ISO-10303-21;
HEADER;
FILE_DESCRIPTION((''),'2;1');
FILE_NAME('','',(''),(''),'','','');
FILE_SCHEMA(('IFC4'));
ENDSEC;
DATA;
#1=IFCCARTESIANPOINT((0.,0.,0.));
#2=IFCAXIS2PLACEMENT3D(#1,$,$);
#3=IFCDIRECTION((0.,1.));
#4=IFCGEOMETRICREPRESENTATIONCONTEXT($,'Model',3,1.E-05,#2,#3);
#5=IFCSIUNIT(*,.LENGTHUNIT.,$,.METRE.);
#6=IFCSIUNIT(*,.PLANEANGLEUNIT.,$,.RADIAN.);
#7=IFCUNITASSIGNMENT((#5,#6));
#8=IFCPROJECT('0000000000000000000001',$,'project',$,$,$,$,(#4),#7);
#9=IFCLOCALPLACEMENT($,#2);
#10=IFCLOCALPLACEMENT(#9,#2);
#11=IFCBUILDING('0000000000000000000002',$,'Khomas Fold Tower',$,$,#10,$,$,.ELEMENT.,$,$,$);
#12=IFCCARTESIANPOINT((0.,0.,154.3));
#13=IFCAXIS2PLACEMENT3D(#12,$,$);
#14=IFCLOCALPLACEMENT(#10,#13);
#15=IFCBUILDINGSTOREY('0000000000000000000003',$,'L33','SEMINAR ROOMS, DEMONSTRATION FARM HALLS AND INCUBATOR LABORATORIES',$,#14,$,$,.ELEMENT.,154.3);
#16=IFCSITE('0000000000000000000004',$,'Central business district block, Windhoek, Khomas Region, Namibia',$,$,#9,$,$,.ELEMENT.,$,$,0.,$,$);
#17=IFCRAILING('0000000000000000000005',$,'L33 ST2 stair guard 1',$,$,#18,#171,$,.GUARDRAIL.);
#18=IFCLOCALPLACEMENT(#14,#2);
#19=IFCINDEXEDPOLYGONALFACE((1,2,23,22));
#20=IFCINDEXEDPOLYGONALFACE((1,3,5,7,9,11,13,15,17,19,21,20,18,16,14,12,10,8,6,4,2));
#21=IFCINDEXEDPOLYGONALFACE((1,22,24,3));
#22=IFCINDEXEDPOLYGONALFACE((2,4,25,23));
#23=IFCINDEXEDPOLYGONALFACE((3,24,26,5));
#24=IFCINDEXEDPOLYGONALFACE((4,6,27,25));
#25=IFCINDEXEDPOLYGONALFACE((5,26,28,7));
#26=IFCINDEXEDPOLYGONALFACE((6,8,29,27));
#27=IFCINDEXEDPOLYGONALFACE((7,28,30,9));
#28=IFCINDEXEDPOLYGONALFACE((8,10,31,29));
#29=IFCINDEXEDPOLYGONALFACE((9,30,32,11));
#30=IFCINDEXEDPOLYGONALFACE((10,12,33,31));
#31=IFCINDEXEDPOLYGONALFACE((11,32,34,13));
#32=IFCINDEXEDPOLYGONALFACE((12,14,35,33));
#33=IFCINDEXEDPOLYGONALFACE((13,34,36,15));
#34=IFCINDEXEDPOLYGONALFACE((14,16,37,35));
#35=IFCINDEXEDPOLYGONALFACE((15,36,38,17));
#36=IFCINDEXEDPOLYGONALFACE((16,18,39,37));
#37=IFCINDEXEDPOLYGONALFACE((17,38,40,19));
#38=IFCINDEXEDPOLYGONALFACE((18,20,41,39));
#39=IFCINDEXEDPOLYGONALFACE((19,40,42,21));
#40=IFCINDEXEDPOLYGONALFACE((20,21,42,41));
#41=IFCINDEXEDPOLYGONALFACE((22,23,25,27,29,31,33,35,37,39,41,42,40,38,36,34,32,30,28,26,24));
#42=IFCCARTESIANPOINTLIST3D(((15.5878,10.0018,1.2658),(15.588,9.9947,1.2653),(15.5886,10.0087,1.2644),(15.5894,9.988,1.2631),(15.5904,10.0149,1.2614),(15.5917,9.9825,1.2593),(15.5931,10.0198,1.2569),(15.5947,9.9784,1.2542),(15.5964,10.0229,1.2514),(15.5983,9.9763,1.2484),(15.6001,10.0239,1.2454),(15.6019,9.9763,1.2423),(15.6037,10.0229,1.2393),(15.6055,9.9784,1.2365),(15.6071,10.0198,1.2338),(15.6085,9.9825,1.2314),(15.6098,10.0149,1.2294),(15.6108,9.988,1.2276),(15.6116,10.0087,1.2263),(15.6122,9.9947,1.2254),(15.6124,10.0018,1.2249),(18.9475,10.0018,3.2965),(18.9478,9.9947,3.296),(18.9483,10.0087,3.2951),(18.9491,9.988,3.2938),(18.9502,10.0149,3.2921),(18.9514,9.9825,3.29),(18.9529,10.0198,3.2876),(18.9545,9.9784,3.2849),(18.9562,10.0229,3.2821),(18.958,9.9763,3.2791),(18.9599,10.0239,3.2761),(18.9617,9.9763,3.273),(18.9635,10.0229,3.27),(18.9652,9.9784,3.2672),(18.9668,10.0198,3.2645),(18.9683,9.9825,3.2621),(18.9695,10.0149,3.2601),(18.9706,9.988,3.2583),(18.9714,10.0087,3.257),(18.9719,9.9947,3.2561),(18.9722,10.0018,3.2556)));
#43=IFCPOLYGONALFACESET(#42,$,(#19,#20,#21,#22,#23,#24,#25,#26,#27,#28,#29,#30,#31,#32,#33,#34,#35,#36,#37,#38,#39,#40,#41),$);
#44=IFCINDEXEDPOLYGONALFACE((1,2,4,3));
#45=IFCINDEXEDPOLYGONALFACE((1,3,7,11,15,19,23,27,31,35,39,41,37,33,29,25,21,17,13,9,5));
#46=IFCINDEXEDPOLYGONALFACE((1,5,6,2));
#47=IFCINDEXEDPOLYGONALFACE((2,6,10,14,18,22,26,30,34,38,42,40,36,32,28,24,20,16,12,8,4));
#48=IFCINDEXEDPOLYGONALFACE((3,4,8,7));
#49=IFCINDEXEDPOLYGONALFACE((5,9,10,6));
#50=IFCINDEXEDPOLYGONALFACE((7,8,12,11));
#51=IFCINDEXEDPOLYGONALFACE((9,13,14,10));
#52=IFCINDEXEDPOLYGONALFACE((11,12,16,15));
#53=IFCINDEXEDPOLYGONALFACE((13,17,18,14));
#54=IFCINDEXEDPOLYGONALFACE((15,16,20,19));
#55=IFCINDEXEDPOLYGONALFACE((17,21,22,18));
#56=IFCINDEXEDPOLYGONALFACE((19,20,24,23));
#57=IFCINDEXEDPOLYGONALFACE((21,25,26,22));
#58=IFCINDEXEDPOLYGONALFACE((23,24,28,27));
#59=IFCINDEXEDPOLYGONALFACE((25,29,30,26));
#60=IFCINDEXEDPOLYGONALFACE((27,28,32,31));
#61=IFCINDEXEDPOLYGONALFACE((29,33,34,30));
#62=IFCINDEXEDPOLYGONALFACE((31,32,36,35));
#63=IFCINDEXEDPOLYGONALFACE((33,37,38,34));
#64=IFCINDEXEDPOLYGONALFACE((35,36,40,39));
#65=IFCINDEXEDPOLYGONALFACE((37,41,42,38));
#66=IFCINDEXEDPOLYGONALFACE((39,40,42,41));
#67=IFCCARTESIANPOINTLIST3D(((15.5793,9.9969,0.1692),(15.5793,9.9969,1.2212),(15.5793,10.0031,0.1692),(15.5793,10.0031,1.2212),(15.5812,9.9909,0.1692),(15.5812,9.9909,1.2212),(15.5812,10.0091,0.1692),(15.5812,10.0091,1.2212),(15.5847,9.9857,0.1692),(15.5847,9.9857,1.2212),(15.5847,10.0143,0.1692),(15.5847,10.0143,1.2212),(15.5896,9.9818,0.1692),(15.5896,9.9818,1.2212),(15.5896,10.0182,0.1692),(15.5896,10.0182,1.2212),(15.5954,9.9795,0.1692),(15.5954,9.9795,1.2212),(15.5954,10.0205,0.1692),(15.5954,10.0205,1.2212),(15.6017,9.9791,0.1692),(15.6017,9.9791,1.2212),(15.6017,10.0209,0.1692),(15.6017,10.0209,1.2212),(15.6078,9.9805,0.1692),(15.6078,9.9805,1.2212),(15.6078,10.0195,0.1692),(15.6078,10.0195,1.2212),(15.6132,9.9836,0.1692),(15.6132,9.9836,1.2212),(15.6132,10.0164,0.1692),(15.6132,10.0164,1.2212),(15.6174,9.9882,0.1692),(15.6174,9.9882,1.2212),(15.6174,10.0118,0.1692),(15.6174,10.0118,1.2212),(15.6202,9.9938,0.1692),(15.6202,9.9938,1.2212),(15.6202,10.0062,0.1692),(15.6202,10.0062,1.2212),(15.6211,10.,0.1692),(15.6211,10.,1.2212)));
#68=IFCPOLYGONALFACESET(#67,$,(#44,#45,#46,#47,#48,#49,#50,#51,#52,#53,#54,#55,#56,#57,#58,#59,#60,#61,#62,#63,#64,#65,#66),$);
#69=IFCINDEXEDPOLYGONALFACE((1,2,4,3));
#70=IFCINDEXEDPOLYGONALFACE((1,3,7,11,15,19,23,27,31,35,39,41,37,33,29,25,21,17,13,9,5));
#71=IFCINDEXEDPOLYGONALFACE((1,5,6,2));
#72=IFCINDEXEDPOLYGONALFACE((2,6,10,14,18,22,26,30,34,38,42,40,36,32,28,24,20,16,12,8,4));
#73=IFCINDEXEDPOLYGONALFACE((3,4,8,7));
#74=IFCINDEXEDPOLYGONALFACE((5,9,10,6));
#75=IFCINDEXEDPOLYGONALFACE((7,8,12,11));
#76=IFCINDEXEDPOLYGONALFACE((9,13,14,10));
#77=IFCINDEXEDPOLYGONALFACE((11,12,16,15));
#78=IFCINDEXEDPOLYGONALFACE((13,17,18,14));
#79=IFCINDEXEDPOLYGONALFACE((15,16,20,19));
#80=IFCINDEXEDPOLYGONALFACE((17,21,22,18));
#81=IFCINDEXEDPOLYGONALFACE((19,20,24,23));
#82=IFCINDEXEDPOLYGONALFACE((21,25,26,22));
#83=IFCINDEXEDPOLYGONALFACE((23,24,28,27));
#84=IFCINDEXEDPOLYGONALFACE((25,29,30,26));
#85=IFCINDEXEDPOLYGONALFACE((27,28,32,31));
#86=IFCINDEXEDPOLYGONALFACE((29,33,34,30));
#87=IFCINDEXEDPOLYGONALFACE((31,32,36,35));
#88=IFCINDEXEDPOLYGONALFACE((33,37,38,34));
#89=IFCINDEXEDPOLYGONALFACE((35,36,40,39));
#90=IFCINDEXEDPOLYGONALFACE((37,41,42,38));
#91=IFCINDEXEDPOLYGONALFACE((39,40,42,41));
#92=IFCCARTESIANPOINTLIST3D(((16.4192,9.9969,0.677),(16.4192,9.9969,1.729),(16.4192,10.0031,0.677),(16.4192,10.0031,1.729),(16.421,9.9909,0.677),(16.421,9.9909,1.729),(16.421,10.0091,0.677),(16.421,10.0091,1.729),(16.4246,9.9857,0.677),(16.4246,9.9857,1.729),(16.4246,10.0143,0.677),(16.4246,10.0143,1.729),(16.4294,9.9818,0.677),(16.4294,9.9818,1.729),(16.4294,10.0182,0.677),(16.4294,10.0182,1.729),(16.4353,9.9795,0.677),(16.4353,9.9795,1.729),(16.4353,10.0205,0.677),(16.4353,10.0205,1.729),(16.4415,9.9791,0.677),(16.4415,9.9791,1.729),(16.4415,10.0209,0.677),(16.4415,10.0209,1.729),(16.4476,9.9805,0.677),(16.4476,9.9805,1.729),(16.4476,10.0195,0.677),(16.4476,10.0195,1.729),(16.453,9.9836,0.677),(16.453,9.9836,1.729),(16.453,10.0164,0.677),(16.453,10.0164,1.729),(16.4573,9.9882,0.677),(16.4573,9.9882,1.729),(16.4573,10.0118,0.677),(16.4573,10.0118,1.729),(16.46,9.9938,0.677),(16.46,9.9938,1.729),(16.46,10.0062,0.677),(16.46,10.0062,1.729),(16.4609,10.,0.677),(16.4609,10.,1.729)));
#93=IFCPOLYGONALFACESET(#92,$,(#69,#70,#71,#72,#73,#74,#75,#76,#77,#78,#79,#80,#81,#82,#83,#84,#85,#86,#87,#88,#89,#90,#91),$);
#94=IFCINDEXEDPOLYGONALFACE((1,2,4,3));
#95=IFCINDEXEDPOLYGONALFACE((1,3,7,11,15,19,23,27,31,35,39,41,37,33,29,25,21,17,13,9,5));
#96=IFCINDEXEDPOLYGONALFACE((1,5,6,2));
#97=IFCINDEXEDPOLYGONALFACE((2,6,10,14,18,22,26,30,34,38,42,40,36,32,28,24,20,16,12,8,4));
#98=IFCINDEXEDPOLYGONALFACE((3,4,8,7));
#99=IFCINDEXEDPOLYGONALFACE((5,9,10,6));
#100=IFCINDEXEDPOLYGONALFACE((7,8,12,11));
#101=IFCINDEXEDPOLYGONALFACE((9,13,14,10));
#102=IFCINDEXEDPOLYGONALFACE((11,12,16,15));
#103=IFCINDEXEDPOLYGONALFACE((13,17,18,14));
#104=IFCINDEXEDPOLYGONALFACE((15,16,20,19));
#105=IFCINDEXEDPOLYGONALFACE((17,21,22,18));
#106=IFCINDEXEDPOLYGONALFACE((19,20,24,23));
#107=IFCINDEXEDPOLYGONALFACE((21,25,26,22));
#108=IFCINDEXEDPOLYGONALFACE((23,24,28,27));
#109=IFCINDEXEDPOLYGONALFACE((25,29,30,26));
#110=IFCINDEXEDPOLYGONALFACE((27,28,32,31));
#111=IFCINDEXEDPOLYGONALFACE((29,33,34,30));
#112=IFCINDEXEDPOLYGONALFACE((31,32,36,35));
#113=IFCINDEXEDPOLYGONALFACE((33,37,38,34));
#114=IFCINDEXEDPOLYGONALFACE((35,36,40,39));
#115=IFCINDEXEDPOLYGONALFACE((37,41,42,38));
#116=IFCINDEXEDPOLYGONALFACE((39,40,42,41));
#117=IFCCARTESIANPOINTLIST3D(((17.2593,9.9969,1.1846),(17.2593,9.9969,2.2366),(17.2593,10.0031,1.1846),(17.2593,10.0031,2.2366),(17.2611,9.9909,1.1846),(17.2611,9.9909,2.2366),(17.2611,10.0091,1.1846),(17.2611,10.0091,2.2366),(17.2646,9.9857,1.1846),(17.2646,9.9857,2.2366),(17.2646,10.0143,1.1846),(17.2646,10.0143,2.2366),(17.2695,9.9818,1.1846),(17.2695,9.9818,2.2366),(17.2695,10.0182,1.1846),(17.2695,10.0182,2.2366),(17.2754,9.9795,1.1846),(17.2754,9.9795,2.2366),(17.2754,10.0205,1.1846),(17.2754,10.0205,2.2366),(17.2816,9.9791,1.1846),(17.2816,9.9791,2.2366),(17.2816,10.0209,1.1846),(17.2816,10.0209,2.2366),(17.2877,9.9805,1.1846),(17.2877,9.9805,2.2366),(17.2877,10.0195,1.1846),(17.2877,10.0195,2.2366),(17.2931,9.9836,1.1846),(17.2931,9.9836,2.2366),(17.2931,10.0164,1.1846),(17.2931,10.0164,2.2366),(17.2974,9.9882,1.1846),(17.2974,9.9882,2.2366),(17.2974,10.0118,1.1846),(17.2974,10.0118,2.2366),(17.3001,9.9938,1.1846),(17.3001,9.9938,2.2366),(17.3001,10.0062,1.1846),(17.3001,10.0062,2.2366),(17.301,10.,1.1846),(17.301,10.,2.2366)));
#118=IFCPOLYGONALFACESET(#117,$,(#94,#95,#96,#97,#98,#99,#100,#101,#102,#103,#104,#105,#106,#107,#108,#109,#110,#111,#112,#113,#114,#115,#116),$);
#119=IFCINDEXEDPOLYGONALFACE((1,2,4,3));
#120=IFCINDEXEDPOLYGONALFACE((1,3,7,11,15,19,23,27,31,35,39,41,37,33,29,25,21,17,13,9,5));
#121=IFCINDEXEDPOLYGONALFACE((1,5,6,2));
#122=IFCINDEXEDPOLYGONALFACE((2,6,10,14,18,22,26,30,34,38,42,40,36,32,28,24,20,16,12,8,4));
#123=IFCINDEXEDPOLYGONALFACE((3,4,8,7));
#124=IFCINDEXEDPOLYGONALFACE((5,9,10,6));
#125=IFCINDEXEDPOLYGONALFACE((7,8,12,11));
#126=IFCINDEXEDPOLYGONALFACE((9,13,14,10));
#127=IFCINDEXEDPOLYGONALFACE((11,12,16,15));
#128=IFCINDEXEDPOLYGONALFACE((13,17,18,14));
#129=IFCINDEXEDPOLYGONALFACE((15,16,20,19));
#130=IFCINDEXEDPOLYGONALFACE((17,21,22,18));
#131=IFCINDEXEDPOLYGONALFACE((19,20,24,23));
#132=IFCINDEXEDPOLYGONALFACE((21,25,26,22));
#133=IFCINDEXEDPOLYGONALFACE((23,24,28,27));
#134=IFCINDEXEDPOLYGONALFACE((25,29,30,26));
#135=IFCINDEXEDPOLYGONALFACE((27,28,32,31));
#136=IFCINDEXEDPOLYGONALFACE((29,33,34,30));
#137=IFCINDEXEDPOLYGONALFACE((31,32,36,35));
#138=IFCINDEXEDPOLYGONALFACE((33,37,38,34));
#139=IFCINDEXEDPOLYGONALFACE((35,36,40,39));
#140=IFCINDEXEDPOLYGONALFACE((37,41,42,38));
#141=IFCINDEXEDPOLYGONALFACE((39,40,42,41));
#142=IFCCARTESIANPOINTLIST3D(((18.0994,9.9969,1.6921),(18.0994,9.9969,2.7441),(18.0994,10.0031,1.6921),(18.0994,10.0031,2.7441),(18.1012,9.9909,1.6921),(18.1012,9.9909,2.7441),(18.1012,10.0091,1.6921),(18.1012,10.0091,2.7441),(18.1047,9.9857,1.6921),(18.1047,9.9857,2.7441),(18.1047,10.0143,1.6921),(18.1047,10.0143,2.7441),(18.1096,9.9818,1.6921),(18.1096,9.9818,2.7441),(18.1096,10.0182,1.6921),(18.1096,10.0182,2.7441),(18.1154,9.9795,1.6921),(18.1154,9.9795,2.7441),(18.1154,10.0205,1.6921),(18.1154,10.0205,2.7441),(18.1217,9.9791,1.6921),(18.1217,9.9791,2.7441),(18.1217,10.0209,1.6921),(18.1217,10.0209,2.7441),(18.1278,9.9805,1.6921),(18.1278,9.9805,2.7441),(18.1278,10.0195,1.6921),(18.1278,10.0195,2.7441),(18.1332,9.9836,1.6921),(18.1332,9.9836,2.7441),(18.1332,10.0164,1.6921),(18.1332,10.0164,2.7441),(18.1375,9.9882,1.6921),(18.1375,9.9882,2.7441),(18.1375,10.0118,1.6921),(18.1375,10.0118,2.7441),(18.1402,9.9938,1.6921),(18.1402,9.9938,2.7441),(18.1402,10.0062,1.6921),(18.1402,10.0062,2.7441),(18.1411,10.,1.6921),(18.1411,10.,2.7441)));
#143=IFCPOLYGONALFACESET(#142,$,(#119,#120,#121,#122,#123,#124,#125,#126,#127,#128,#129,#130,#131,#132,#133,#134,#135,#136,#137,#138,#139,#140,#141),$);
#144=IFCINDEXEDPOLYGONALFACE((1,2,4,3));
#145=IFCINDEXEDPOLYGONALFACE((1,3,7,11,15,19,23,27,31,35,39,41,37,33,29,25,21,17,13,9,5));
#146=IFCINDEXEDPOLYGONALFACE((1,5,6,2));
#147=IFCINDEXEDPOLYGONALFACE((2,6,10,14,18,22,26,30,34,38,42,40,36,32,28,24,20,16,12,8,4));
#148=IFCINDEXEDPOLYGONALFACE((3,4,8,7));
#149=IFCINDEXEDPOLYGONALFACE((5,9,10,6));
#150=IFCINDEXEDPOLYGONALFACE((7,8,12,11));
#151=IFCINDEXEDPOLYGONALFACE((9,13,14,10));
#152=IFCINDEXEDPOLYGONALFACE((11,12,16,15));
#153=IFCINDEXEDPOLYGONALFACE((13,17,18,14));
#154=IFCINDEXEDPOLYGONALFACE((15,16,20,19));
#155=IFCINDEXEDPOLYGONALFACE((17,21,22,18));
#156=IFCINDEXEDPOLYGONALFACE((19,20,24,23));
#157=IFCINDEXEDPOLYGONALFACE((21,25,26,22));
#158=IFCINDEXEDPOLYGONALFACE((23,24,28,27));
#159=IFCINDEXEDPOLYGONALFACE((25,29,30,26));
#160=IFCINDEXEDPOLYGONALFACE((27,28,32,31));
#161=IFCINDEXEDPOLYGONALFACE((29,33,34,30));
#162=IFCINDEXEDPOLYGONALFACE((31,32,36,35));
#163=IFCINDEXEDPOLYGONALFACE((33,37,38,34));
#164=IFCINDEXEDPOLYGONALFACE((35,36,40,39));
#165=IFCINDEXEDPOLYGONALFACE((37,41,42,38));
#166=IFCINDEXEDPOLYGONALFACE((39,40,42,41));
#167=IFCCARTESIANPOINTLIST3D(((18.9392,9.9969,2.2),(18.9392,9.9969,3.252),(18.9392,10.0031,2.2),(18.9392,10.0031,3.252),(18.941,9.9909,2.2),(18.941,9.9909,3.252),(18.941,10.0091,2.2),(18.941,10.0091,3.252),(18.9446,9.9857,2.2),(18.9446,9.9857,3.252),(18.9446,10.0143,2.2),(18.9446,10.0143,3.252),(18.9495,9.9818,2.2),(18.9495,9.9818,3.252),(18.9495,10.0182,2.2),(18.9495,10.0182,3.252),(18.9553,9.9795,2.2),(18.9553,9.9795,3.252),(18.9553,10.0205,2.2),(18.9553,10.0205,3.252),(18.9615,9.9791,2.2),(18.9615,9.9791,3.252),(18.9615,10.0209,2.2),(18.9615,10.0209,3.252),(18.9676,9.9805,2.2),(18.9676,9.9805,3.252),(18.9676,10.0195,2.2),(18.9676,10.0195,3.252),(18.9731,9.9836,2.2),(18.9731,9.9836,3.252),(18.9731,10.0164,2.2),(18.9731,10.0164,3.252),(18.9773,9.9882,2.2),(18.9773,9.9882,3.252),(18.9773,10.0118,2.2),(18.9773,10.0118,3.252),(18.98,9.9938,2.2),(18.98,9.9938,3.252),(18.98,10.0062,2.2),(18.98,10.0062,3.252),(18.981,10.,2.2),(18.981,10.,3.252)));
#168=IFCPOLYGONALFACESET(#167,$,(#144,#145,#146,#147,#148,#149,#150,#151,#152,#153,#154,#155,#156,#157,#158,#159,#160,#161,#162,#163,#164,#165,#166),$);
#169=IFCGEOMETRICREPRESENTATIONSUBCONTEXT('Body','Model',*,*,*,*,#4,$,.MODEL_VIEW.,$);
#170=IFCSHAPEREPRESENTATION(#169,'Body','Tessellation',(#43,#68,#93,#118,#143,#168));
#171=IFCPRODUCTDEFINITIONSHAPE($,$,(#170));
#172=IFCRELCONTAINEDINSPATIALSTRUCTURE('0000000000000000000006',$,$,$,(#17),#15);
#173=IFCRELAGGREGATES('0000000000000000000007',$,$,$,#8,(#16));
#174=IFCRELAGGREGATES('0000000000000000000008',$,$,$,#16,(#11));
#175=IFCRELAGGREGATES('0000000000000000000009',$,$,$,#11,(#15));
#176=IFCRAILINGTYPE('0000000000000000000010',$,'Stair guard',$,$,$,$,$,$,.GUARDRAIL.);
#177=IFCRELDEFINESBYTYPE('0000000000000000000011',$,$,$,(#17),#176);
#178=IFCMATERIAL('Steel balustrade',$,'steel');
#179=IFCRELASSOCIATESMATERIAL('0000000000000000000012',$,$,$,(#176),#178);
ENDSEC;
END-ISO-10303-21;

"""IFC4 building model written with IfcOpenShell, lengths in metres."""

from ifc_helpers import new_model, si_unit, direction, frame, origin, origin_2d, place, context, subcontext, project, spatial, circle, extrude, source, transform, mapped, material, type_object, element, save


model = new_model("IFC4")

# Units and contexts
model_context = context("Model", 3, precision=1e-05, world=origin(), true_north=direction((0.0, 1.0)))
body_context = subcontext(model_context, "Body", "Model", "MODEL_VIEW")
ifc_project = project(units=[si_unit("LENGTHUNIT", "METRE"), si_unit("PLANEANGLEUNIT", "RADIAN")], contexts=[model_context])

# Site, building, storey
site_placement = place(None, origin())
site = spatial("IfcSite", under=ifc_project, at=site_placement, Name="Central business district block, Windhoek, Khomas Region, Namibia", CompositionType="ELEMENT", RefElevation=0.0)
building_placement = place(site_placement, origin())
building = spatial("IfcBuilding", under=site, at=building_placement, Name="Khomas Fold Tower", CompositionType="ELEMENT")
storey_placement = place(building_placement, frame((0.0, 0.0, 154.3)))
storey = spatial("IfcBuildingStorey", under=building, at=storey_placement, Name="L33", Description="SEMINAR ROOMS, DEMONSTRATION FARM HALLS AND INCUBATOR LABORATORIES", CompositionType="ELEMENT", Elevation=154.3)

# Railing
ifc_material_1 = material(Name="Steel balustrade", Category="steel")
railing_type_1 = type_object("IfcRailingType", Name="Stair guard", PredefinedType="GUARDRAIL", material=ifc_material_1)
shared_shape_1 = source(origin(), body_context, "Body", "SweptSolid", [
    extrude(circle(Radius=0.0239, at=origin_2d()), frame((0.0, 0.0, 1.0762), z_axis=(0.85582, 0.0, 0.517273), x_axis=(0.0, 1.0, 0.0)), (0.0, 0.0, 1.0), 3.9258),
    extrude(circle(Radius=0.021, at=origin_2d()), origin(), (0.0, 0.0, 1.0), 1.052),
    extrude(circle(Radius=0.021, at=origin_2d()), frame((0.8398, 0.0, 0.5078)), (0.0, 0.0, 1.0), 1.052),
    extrude(circle(Radius=0.021, at=origin_2d()), frame((1.6799, 0.0, 1.0154)), (0.0, 0.0, 1.0), 1.052),
    extrude(circle(Radius=0.021, at=origin_2d()), frame((2.52, 0.0, 1.5229)), (0.0, 0.0, 1.0), 1.052),
    extrude(circle(Radius=0.021, at=origin_2d()), frame((3.3599, 0.0, 2.0308)), (0.0, 0.0, 1.0), 1.052),
])
railing_1_placement = place(storey_placement, frame((15.6001, 10.0, 0.1692)))
element("IfcRailing", 1, at=railing_1_placement, inside=storey, type_object=railing_type_1, Name="L33 ST2 stair guard 1", PredefinedType="GUARDRAIL", context=body_context, shape_type="MappedRepresentation", body=[
    mapped(shared_shape_1, transform((0.0, 0.0, 0.0))),
])

save(model, "model.ifc")
